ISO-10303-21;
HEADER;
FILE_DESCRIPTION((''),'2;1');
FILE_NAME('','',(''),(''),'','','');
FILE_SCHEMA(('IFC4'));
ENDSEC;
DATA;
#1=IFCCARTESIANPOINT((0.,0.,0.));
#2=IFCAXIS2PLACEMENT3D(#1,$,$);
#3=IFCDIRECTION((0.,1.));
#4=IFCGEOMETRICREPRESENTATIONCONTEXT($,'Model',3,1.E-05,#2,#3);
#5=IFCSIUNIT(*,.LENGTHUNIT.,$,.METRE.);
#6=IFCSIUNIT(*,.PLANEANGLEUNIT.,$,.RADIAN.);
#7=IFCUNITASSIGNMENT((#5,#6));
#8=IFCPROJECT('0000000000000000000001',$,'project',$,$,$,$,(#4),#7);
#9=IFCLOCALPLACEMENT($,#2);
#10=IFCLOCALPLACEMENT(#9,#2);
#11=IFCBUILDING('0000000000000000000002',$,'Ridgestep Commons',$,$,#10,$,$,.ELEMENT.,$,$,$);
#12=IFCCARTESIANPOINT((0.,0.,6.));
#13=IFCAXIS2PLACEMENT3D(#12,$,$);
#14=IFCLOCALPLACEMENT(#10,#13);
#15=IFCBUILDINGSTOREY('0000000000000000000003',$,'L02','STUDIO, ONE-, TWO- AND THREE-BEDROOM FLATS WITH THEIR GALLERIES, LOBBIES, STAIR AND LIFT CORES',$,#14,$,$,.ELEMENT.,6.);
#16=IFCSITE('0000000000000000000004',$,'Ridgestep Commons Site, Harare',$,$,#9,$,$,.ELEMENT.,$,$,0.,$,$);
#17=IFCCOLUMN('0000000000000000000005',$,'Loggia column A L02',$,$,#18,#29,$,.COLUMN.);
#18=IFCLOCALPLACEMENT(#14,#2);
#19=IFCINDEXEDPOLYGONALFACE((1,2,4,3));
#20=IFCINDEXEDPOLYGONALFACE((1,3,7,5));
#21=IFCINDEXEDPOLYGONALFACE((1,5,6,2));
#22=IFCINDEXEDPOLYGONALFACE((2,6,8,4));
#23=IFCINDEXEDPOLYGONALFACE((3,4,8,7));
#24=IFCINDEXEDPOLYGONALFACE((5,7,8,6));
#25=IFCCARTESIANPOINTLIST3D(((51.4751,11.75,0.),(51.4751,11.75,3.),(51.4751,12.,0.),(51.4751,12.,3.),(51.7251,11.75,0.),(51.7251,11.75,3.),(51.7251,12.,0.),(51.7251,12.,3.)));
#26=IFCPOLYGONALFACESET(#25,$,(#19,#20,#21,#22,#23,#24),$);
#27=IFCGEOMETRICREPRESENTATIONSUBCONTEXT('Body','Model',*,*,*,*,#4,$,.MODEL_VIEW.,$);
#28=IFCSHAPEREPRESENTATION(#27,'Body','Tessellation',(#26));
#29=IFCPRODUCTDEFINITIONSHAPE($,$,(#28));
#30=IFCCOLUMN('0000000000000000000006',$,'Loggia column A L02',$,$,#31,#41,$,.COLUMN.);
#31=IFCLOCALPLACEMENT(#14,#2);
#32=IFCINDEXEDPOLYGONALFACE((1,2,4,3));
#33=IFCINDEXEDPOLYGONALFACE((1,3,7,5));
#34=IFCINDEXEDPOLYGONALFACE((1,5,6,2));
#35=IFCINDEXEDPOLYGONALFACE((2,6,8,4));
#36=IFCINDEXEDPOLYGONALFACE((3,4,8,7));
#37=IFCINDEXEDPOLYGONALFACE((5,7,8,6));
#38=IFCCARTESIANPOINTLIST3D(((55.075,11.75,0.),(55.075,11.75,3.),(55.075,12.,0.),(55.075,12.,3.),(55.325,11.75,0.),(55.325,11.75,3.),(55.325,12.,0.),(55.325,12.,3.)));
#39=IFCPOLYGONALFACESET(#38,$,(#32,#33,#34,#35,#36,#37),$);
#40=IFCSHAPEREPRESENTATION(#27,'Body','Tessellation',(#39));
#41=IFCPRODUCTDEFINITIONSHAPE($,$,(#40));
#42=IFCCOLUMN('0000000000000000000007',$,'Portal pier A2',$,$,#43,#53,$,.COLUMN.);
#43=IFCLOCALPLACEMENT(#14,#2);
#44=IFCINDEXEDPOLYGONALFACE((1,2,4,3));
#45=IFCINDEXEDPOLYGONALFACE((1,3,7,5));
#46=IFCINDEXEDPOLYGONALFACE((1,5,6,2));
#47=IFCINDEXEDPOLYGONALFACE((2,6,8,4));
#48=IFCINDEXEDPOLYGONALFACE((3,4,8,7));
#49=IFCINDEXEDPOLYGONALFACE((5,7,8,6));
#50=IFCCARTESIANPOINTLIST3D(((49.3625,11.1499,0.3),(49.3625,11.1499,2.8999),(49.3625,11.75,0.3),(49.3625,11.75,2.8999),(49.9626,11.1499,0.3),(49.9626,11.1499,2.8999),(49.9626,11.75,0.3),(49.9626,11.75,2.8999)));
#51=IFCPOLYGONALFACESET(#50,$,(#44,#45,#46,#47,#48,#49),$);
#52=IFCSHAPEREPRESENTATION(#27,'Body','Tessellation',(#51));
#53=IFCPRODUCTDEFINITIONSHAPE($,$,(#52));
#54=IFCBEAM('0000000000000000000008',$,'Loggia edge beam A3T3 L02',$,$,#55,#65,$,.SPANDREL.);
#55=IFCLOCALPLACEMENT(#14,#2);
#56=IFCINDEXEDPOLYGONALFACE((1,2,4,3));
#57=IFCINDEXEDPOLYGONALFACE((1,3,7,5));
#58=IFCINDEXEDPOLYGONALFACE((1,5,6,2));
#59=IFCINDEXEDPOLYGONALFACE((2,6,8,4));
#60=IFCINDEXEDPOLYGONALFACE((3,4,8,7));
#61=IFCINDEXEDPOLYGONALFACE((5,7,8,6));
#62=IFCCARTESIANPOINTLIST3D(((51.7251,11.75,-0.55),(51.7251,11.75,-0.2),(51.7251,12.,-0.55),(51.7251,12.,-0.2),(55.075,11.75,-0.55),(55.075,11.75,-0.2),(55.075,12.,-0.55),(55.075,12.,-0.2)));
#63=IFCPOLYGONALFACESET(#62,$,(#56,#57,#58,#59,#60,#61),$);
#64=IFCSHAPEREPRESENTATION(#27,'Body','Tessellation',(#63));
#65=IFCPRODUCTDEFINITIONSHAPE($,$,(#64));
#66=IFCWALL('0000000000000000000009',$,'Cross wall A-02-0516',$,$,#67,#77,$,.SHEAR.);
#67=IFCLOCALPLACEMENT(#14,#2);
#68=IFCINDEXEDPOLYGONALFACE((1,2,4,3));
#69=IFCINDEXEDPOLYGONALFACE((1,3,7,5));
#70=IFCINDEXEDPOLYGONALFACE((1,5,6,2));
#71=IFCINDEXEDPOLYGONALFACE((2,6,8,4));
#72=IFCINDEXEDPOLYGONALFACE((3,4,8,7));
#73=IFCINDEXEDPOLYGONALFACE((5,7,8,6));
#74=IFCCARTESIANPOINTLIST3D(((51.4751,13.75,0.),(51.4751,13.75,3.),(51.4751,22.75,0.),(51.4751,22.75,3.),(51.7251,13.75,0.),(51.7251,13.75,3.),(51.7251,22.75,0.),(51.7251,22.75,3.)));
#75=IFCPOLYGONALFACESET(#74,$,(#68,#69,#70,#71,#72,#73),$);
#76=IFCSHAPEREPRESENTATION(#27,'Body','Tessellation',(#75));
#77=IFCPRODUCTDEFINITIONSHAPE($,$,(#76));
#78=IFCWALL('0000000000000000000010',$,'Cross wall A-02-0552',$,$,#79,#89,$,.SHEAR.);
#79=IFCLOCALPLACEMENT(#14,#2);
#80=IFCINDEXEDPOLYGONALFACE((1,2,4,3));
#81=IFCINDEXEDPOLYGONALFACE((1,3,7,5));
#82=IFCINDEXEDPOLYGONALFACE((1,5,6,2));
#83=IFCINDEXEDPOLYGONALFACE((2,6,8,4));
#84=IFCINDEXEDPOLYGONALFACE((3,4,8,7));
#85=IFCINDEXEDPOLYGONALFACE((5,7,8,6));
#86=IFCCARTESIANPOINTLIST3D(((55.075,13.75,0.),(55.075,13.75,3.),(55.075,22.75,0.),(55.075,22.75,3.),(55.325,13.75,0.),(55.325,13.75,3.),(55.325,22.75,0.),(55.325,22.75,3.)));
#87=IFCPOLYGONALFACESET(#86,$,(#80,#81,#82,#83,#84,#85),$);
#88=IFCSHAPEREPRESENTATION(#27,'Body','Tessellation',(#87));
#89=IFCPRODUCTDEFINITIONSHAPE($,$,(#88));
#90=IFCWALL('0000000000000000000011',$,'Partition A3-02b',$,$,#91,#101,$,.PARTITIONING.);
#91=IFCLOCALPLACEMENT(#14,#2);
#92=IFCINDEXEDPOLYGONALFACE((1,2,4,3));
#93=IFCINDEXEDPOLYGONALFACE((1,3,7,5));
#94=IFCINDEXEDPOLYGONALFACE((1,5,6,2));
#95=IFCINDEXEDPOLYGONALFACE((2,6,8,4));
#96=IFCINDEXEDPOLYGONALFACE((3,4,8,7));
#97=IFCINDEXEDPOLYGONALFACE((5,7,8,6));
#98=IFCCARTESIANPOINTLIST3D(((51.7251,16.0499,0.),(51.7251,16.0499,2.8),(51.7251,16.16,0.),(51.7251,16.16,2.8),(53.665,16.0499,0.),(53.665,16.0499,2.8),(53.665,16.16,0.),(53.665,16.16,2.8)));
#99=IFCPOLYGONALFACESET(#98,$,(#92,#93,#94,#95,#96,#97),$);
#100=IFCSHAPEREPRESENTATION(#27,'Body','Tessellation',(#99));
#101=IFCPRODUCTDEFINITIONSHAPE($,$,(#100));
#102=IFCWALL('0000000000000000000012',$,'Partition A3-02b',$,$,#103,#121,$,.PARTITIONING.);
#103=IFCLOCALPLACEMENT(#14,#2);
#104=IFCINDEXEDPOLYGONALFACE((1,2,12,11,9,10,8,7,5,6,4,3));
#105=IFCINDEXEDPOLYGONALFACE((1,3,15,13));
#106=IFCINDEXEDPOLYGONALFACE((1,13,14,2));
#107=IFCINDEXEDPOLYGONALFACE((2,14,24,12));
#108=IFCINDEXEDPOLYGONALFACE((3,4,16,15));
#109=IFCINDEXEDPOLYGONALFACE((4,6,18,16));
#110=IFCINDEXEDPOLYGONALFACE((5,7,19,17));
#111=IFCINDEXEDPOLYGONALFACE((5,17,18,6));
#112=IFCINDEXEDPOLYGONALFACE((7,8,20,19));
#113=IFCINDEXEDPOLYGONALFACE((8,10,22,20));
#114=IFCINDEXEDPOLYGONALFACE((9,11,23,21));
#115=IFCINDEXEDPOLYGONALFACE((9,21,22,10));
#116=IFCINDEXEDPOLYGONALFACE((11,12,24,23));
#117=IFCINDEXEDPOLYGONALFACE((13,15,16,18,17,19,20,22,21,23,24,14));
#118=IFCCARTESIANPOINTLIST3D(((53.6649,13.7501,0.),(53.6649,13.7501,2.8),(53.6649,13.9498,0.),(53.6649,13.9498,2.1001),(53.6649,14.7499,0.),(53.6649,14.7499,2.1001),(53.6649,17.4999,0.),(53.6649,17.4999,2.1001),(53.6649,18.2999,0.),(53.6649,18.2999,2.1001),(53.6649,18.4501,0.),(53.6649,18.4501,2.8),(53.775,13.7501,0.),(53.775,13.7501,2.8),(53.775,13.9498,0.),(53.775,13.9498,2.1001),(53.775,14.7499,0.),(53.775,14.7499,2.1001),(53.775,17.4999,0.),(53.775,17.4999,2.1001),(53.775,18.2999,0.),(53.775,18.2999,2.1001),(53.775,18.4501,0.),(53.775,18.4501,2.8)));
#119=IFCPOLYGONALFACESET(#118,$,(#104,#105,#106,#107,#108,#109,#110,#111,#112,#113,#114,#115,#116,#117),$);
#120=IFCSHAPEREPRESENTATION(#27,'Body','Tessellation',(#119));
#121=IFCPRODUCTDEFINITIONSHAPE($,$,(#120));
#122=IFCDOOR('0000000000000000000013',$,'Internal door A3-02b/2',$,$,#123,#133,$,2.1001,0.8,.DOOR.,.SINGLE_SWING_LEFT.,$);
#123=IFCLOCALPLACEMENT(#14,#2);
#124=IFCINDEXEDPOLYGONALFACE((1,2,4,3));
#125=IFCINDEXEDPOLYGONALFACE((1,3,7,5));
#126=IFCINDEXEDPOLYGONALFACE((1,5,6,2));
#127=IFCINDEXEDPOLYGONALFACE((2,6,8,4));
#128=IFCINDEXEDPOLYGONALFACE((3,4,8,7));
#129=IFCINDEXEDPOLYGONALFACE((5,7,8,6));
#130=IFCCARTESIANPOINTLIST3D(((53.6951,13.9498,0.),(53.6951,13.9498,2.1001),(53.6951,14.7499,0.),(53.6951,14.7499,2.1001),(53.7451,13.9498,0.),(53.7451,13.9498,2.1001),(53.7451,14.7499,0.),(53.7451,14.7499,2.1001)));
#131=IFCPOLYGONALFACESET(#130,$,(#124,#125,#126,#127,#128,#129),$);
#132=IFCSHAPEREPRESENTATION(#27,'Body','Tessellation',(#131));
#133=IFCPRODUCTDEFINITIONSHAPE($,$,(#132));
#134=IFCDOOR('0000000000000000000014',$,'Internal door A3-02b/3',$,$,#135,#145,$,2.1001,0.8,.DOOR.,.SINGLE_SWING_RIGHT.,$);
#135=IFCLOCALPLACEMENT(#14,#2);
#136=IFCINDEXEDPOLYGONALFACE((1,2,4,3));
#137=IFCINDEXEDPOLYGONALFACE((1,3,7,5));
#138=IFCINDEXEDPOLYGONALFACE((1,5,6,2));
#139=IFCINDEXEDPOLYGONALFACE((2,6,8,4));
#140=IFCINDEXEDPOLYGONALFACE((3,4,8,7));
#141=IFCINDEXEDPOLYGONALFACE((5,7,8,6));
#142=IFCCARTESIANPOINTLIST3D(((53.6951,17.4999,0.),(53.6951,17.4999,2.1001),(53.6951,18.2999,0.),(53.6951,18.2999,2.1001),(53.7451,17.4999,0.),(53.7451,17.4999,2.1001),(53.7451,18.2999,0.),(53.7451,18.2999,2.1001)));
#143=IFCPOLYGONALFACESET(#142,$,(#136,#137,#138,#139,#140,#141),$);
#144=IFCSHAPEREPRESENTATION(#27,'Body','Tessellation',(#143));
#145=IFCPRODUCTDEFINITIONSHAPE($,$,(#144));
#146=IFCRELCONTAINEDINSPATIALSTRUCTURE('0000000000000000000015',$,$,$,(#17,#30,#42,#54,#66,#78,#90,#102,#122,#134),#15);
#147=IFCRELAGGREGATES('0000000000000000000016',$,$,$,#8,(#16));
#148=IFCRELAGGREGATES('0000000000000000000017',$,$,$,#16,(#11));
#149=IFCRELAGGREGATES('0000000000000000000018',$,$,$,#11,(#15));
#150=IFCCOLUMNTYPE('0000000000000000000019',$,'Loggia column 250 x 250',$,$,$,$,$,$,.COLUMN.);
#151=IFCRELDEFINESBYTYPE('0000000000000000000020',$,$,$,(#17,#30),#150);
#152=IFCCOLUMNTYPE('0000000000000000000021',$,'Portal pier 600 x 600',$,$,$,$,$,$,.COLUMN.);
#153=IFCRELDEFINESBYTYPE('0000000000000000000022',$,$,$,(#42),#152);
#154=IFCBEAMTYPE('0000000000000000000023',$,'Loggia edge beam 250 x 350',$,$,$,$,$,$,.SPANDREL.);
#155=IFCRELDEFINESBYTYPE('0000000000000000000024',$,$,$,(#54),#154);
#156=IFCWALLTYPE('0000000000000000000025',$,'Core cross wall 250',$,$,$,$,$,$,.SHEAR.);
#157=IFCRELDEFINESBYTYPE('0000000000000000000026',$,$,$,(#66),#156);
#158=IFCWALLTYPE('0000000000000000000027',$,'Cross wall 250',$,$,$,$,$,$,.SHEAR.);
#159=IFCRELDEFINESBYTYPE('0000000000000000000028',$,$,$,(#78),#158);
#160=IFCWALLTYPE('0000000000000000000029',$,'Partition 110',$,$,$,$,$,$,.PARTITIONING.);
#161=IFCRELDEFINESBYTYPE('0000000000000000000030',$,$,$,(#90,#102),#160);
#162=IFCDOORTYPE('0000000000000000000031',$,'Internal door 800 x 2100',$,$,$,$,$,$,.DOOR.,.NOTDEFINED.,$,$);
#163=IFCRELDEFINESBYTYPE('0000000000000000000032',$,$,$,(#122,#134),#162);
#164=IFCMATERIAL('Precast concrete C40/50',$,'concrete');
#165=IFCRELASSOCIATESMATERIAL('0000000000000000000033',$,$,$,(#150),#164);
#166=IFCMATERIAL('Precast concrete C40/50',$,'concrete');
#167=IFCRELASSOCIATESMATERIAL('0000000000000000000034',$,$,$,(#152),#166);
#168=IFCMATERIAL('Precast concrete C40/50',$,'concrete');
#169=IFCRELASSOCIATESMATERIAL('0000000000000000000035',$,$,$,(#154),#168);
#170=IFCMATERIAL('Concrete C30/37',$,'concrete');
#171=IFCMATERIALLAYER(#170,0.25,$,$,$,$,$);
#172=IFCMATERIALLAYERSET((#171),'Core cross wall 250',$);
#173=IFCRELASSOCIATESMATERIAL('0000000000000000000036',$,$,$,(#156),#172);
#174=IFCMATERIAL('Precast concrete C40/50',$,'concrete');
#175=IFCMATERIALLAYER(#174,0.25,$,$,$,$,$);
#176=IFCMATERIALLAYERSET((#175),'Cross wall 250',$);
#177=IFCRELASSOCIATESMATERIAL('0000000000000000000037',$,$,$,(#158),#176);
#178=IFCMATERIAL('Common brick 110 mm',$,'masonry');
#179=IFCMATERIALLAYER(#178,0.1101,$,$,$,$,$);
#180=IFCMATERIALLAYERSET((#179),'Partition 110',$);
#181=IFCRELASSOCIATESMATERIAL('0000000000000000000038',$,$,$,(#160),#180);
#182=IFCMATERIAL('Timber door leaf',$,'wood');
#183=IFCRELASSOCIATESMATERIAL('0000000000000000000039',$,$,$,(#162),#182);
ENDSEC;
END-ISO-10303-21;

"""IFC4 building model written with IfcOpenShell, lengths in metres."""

from ifc_helpers import new_model, si_unit, direction, frame, frame_2d, origin, origin_2d, place, context, subcontext, project, spatial, rectangle, extrude, material, layer, layer_set, material_profile, profile_set, type_object, element, fill, save


model = new_model("IFC4")

# Units and contexts
model_context = context("Model", 3, precision=1e-05, world=origin(), true_north=direction((0.0, 1.0)))
body_context = subcontext(model_context, "Body", "Model", "MODEL_VIEW")
ifc_project = project(units=[si_unit("LENGTHUNIT", "METRE"), si_unit("PLANEANGLEUNIT", "RADIAN")], contexts=[model_context])

# Site, building, storey
site_placement = place(None, origin())
site = spatial("IfcSite", under=ifc_project, at=site_placement, Name="Ridgestep Commons Site, Harare", CompositionType="ELEMENT", RefElevation=0.0)
building_placement = place(site_placement, origin())
building = spatial("IfcBuilding", under=site, at=building_placement, Name="Ridgestep Commons", CompositionType="ELEMENT")
storey_placement = place(building_placement, frame((0.0, 0.0, 6.0)))
storey = spatial("IfcBuildingStorey", under=building, at=storey_placement, Name="L02", Description="STUDIO, ONE-, TWO- AND THREE-BEDROOM FLATS WITH THEIR GALLERIES, LOBBIES, STAIR AND LIFT CORES", CompositionType="ELEMENT", Elevation=6.0)

# Columns
ifc_material_1 = material(Name="Precast concrete C40/50", Category="concrete")
ifc_material_profile_1 = material_profile(ifc_material_1, rectangle(XDim=0.25, YDim=0.25, at=origin_2d()), Name="PC 250x250")
ifc_profile_set_1 = profile_set([ifc_material_profile_1], Name="Precast concrete C40/50")
column_type_1 = type_object("IfcColumnType", Name="Loggia column 250 x 250", PredefinedType="COLUMN", material=ifc_profile_set_1)
for number, where, z_axis, x_axis, name in (
    (1, (51.6001, 11.875, 0.0), (0.0, 0.0, 1.0), (1.0, 0.0, 0.0), "Loggia column A L02"),
    (2, (55.2, 11.875, 0.0), (0.0, 0.0, 1.0), (1.0, 0.0, 0.0), "Loggia column A L02"),
):
    element("IfcColumn", number, at=place(storey_placement, frame(where, z_axis=z_axis, x_axis=x_axis)), inside=storey, type_object=column_type_1, Name=name, PredefinedType="COLUMN", context=body_context, shape_type="SweptSolid", body=[
        extrude(rectangle(XDim=0.25, YDim=0.25, at=origin_2d()), origin(), (0.0, 0.0, 1.0), 3.0),
    ])
ifc_material_2 = material(Name="Precast concrete C40/50", Category="concrete")
ifc_material_profile_2 = material_profile(ifc_material_2, rectangle(XDim=0.6001, YDim=0.6001, at=origin_2d()), Name="PC 600x600")
ifc_profile_set_2 = profile_set([ifc_material_profile_2], Name="Precast concrete C40/50")
column_type_2 = type_object("IfcColumnType", Name="Portal pier 600 x 600", PredefinedType="COLUMN", material=ifc_profile_set_2)
column_placement = place(storey_placement, frame((49.6626, 11.45, 0.3), z_axis=(0.0, 0.0, 1.0), x_axis=(1.0, 0.0, 0.0)))
element("IfcColumn", 3, at=column_placement, inside=storey, type_object=column_type_2, Name="Portal pier A2", PredefinedType="COLUMN", context=body_context, shape_type="SweptSolid", body=[
    extrude(rectangle(XDim=0.6001, YDim=0.6001, at=origin_2d()), origin(), (0.0, 0.0, 1.0), 2.5999),
])

# Beam
ifc_material_3 = material(Name="Precast concrete C40/50", Category="concrete")
ifc_material_profile_3 = material_profile(ifc_material_3, rectangle(XDim=0.25, YDim=0.3501, at=origin_2d()), Name="PC 250x350")
ifc_profile_set_3 = profile_set([ifc_material_profile_3], Name="Precast concrete C40/50")
beam_type = type_object("IfcBeamType", Name="Loggia edge beam 250 x 350", PredefinedType="SPANDREL", material=ifc_profile_set_3)
beam_placement = place(storey_placement, frame((51.7251, 11.875, -0.375), z_axis=(1.0, 0.0, 0.0), x_axis=(0.0, 1.0, 0.0)))
element("IfcBeam", 4, at=beam_placement, inside=storey, type_object=beam_type, Name="Loggia edge beam A3T3 L02", PredefinedType="SPANDREL", context=body_context, shape_type="SweptSolid", body=[
    extrude(rectangle(XDim=0.25, YDim=0.3501, at=origin_2d()), origin(), (0.0, 0.0, 1.0), 3.3499),
])

# Walls
ifc_material_4 = material(Name="Concrete C30/37", Category="concrete")
ifc_layer_1 = layer(ifc_material_4, 0.25)
ifc_layer_set_1 = layer_set([ifc_layer_1], Name="Core cross wall 250")
wall_type_1 = type_object("IfcWallType", Name="Core cross wall 250", PredefinedType="SHEAR", material=ifc_layer_set_1)
wall_1_placement = place(storey_placement, frame((51.6001, 13.75, 0.0), z_axis=(0.0, 0.0, 1.0), x_axis=(0.0, 1.0, 0.0)))
element("IfcWall", 5, at=wall_1_placement, inside=storey, type_object=wall_type_1, Name="Cross wall A-02-0516", PredefinedType="SHEAR", context=body_context, shape_type="SweptSolid", body=[
    extrude(rectangle(XDim=9.0, YDim=0.25, at=frame_2d((4.5, 0.0))), origin(), (0.0, 0.0, 1.0), 3.0),
])
ifc_material_5 = material(Name="Precast concrete C40/50", Category="concrete")
ifc_layer_2 = layer(ifc_material_5, 0.25)
ifc_layer_set_2 = layer_set([ifc_layer_2], Name="Cross wall 250")
wall_type_2 = type_object("IfcWallType", Name="Cross wall 250", PredefinedType="SHEAR", material=ifc_layer_set_2)
wall_2_placement = place(storey_placement, frame((55.2, 13.75, 0.0), z_axis=(0.0, 0.0, 1.0), x_axis=(0.0, 1.0, 0.0)))
element("IfcWall", 6, at=wall_2_placement, inside=storey, type_object=wall_type_2, Name="Cross wall A-02-0552", PredefinedType="SHEAR", context=body_context, shape_type="SweptSolid", body=[
    extrude(rectangle(XDim=9.0, YDim=0.25, at=frame_2d((4.5, 0.0))), origin(), (0.0, 0.0, 1.0), 3.0),
])
ifc_material_6 = material(Name="Common brick 110 mm", Category="masonry")
ifc_layer_3 = layer(ifc_material_6, 0.1101)
ifc_layer_set_3 = layer_set([ifc_layer_3], Name="Partition 110")
wall_type_3 = type_object("IfcWallType", Name="Partition 110", PredefinedType="PARTITIONING", material=ifc_layer_set_3)
wall_3_placement = place(storey_placement, frame((51.7251, 16.105, 0.0), z_axis=(0.0, 0.0, 1.0), x_axis=(1.0, 0.0, 0.0)))
element("IfcWall", 7, at=wall_3_placement, inside=storey, type_object=wall_type_3, Name="Partition A3-02b", PredefinedType="PARTITIONING", context=body_context, shape_type="SweptSolid", body=[
    extrude(rectangle(XDim=1.9399, YDim=0.1101, at=frame_2d((0.97, 0.0))), origin(), (0.0, 0.0, 1.0), 2.8),
])

# Wall, openings, doors
wall_4_placement = place(storey_placement, frame((53.72, 13.75, 0.0), z_axis=(0.0, 0.0, 1.0), x_axis=(0.0, 1.0, 0.0)))
wall_4 = element("IfcWall", 8, at=wall_4_placement, inside=storey, type_object=wall_type_3, Name="Partition A3-02b", PredefinedType="PARTITIONING", context=body_context, shape_type="SweptSolid", body=[
    extrude(rectangle(XDim=4.7, YDim=0.1101, at=frame_2d((2.3501, 0.0))), origin(), (0.0, 0.0, 1.0), 2.8),
])
opening_1_placement = place(wall_4_placement, frame((0.2, 0.0, 0.0)))
opening_1 = element("IfcOpeningElement", 9, at=opening_1_placement, cuts=wall_4, PredefinedType="OPENING", context=body_context, shape_type="SweptSolid", body=[
    extrude(rectangle(XDim=0.8, YDim=2.1001, at=frame_2d((0.3999, 1.05))), frame((0.0, 0.0649, 0.0), z_axis=(0.0, -1.0, 0.0), x_axis=(1.0, 0.0, 0.0)), (0.0, 0.0, 1.0), 0.1301),
])
opening_2_placement = place(wall_4_placement, frame((3.75, 0.0, 0.0)))
opening_2 = element("IfcOpeningElement", 10, at=opening_2_placement, cuts=wall_4, PredefinedType="OPENING", context=body_context, shape_type="SweptSolid", body=[
    extrude(rectangle(XDim=0.8, YDim=2.1001, at=frame_2d((0.3999, 1.05))), frame((0.0, 0.0649, 0.0), z_axis=(0.0, -1.0, 0.0), x_axis=(1.0, 0.0, 0.0)), (0.0, 0.0, 1.0), 0.1301),
])
ifc_material_7 = material(Name="Timber door leaf", Category="wood")
door_type_1 = type_object("IfcDoorType", Name="Internal door 800 x 2100", OperationType="NOTDEFINED", PredefinedType="DOOR", material=ifc_material_7)
door_1_placement = place(opening_1_placement, origin())
door_1 = element("IfcDoor", 11, at=door_1_placement, inside=storey, type_object=door_type_1, Name="Internal door A3-02b/2", OperationType="SINGLE_SWING_LEFT", OverallHeight=2.1001, OverallWidth=0.8, PredefinedType="DOOR", context=body_context, shape_type="SweptSolid", body=[
    extrude(rectangle(XDim=0.8, YDim=2.1001, at=frame_2d((0.3999, 1.05))), frame((0.0, 0.0249, 0.0), z_axis=(0.0, -1.0, 0.0), x_axis=(1.0, 0.0, 0.0)), (0.0, 0.0, 1.0), 0.05),
])
fill(opening_1, door_1)
door_2_placement = place(opening_2_placement, origin())
door_2 = element("IfcDoor", 12, at=door_2_placement, inside=storey, type_object=door_type_1, Name="Internal door A3-02b/3", OperationType="SINGLE_SWING_RIGHT", OverallHeight=2.1001, OverallWidth=0.8, PredefinedType="DOOR", context=body_context, shape_type="SweptSolid", body=[
    extrude(rectangle(XDim=0.8, YDim=2.1001, at=frame_2d((0.3999, 1.05))), frame((0.0, 0.0249, 0.0), z_axis=(0.0, -1.0, 0.0), x_axis=(1.0, 0.0, 0.0)), (0.0, 0.0, 1.0), 0.05),
])
fill(opening_2, door_2)

save(model, "model.ifc")
